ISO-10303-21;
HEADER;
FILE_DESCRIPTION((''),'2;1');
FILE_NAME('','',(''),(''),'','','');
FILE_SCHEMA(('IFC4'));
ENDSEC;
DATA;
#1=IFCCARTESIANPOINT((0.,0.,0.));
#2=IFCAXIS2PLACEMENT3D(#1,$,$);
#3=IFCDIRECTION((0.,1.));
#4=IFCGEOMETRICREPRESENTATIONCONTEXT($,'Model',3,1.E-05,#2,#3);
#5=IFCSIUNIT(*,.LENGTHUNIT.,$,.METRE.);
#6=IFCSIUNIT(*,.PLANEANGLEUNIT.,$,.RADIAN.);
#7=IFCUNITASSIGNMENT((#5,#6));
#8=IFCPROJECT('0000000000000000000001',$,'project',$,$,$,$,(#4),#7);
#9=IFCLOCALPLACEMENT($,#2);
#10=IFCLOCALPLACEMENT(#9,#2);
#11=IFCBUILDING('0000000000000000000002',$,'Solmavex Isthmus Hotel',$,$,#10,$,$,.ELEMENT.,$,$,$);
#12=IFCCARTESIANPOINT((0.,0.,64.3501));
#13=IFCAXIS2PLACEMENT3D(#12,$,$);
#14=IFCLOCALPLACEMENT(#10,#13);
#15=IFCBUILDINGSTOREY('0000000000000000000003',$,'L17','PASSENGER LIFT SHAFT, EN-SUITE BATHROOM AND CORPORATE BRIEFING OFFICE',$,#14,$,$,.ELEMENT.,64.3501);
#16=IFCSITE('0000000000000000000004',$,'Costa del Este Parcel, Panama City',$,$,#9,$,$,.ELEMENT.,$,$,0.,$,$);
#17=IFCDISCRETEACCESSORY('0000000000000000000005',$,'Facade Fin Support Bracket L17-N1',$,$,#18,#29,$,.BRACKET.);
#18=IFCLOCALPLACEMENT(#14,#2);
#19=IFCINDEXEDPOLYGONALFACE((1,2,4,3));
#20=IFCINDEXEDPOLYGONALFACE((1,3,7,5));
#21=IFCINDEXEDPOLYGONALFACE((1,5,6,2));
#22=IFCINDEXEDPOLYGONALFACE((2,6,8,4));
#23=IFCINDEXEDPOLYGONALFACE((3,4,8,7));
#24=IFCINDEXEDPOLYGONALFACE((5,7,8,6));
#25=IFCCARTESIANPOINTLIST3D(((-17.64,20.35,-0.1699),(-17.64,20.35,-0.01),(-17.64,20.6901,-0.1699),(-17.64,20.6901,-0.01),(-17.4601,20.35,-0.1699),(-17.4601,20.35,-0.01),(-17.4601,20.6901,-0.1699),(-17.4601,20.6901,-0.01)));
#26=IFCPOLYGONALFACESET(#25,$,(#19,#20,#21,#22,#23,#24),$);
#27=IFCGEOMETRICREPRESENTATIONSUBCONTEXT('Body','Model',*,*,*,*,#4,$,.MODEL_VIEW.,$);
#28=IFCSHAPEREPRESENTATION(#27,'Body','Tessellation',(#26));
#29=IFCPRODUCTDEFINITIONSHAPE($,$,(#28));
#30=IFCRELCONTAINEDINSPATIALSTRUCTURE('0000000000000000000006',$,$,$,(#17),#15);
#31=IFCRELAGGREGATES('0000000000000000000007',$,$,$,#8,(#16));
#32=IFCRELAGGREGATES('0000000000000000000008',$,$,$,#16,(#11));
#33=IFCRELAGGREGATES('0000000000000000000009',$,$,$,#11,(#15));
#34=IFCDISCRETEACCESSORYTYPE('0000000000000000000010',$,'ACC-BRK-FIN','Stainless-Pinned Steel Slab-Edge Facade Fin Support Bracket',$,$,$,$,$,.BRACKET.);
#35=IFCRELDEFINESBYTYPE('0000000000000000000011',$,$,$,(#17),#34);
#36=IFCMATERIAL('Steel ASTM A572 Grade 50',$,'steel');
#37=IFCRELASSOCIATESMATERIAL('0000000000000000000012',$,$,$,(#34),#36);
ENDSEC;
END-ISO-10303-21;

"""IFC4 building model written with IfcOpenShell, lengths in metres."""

from ifc_helpers import new_model, si_unit, direction, frame, origin, origin_2d, place, context, subcontext, project, spatial, rectangle, extrude, material, type_object, element, save


model = new_model("IFC4")

# Units and contexts
model_context = context("Model", 3, precision=1e-05, world=origin(), true_north=direction((0.0, 1.0)))
body_context = subcontext(model_context, "Body", "Model", "MODEL_VIEW")
ifc_project = project(units=[si_unit("LENGTHUNIT", "METRE"), si_unit("PLANEANGLEUNIT", "RADIAN")], contexts=[model_context])

# Site, building, storey
site_placement = place(None, origin())
site = spatial("IfcSite", under=ifc_project, at=site_placement, Name="Costa del Este Parcel, Panama City", CompositionType="ELEMENT", RefElevation=0.0)
building_placement = place(site_placement, origin())
building = spatial("IfcBuilding", under=site, at=building_placement, Name="Solmavex Isthmus Hotel", CompositionType="ELEMENT")
storey_placement = place(building_placement, frame((0.0, 0.0, 64.3501)))
storey = spatial("IfcBuildingStorey", under=building, at=storey_placement, Name="L17", Description="PASSENGER LIFT SHAFT, EN-SUITE BATHROOM AND CORPORATE BRIEFING OFFICE", CompositionType="ELEMENT", Elevation=64.3501)

# Discrete accessory
ifc_material_1 = material(Name="Steel ASTM A572 Grade 50", Category="steel")
discrete_accessory_type = type_object("IfcDiscreteAccessoryType", Name="ACC-BRK-FIN", Description="Stainless-Pinned Steel Slab-Edge Facade Fin Support Bracket", PredefinedType="BRACKET", material=ifc_material_1)
discrete_accessory_placement = place(storey_placement, frame((-17.55, 20.52, -0.1699), z_axis=(0.0, 0.0, 1.0), x_axis=(0.0, 1.0, 0.0)))
element("IfcDiscreteAccessory", 1, at=discrete_accessory_placement, inside=storey, type_object=discrete_accessory_type, Name="Facade Fin Support Bracket L17-N1", PredefinedType="BRACKET", context=body_context, shape_type="SweptSolid", body=[
    extrude(rectangle(XDim=0.3401, YDim=0.1799, at=origin_2d()), origin(), (0.0, 0.0, 1.0), 0.1599),
])

save(model, "model.ifc")
